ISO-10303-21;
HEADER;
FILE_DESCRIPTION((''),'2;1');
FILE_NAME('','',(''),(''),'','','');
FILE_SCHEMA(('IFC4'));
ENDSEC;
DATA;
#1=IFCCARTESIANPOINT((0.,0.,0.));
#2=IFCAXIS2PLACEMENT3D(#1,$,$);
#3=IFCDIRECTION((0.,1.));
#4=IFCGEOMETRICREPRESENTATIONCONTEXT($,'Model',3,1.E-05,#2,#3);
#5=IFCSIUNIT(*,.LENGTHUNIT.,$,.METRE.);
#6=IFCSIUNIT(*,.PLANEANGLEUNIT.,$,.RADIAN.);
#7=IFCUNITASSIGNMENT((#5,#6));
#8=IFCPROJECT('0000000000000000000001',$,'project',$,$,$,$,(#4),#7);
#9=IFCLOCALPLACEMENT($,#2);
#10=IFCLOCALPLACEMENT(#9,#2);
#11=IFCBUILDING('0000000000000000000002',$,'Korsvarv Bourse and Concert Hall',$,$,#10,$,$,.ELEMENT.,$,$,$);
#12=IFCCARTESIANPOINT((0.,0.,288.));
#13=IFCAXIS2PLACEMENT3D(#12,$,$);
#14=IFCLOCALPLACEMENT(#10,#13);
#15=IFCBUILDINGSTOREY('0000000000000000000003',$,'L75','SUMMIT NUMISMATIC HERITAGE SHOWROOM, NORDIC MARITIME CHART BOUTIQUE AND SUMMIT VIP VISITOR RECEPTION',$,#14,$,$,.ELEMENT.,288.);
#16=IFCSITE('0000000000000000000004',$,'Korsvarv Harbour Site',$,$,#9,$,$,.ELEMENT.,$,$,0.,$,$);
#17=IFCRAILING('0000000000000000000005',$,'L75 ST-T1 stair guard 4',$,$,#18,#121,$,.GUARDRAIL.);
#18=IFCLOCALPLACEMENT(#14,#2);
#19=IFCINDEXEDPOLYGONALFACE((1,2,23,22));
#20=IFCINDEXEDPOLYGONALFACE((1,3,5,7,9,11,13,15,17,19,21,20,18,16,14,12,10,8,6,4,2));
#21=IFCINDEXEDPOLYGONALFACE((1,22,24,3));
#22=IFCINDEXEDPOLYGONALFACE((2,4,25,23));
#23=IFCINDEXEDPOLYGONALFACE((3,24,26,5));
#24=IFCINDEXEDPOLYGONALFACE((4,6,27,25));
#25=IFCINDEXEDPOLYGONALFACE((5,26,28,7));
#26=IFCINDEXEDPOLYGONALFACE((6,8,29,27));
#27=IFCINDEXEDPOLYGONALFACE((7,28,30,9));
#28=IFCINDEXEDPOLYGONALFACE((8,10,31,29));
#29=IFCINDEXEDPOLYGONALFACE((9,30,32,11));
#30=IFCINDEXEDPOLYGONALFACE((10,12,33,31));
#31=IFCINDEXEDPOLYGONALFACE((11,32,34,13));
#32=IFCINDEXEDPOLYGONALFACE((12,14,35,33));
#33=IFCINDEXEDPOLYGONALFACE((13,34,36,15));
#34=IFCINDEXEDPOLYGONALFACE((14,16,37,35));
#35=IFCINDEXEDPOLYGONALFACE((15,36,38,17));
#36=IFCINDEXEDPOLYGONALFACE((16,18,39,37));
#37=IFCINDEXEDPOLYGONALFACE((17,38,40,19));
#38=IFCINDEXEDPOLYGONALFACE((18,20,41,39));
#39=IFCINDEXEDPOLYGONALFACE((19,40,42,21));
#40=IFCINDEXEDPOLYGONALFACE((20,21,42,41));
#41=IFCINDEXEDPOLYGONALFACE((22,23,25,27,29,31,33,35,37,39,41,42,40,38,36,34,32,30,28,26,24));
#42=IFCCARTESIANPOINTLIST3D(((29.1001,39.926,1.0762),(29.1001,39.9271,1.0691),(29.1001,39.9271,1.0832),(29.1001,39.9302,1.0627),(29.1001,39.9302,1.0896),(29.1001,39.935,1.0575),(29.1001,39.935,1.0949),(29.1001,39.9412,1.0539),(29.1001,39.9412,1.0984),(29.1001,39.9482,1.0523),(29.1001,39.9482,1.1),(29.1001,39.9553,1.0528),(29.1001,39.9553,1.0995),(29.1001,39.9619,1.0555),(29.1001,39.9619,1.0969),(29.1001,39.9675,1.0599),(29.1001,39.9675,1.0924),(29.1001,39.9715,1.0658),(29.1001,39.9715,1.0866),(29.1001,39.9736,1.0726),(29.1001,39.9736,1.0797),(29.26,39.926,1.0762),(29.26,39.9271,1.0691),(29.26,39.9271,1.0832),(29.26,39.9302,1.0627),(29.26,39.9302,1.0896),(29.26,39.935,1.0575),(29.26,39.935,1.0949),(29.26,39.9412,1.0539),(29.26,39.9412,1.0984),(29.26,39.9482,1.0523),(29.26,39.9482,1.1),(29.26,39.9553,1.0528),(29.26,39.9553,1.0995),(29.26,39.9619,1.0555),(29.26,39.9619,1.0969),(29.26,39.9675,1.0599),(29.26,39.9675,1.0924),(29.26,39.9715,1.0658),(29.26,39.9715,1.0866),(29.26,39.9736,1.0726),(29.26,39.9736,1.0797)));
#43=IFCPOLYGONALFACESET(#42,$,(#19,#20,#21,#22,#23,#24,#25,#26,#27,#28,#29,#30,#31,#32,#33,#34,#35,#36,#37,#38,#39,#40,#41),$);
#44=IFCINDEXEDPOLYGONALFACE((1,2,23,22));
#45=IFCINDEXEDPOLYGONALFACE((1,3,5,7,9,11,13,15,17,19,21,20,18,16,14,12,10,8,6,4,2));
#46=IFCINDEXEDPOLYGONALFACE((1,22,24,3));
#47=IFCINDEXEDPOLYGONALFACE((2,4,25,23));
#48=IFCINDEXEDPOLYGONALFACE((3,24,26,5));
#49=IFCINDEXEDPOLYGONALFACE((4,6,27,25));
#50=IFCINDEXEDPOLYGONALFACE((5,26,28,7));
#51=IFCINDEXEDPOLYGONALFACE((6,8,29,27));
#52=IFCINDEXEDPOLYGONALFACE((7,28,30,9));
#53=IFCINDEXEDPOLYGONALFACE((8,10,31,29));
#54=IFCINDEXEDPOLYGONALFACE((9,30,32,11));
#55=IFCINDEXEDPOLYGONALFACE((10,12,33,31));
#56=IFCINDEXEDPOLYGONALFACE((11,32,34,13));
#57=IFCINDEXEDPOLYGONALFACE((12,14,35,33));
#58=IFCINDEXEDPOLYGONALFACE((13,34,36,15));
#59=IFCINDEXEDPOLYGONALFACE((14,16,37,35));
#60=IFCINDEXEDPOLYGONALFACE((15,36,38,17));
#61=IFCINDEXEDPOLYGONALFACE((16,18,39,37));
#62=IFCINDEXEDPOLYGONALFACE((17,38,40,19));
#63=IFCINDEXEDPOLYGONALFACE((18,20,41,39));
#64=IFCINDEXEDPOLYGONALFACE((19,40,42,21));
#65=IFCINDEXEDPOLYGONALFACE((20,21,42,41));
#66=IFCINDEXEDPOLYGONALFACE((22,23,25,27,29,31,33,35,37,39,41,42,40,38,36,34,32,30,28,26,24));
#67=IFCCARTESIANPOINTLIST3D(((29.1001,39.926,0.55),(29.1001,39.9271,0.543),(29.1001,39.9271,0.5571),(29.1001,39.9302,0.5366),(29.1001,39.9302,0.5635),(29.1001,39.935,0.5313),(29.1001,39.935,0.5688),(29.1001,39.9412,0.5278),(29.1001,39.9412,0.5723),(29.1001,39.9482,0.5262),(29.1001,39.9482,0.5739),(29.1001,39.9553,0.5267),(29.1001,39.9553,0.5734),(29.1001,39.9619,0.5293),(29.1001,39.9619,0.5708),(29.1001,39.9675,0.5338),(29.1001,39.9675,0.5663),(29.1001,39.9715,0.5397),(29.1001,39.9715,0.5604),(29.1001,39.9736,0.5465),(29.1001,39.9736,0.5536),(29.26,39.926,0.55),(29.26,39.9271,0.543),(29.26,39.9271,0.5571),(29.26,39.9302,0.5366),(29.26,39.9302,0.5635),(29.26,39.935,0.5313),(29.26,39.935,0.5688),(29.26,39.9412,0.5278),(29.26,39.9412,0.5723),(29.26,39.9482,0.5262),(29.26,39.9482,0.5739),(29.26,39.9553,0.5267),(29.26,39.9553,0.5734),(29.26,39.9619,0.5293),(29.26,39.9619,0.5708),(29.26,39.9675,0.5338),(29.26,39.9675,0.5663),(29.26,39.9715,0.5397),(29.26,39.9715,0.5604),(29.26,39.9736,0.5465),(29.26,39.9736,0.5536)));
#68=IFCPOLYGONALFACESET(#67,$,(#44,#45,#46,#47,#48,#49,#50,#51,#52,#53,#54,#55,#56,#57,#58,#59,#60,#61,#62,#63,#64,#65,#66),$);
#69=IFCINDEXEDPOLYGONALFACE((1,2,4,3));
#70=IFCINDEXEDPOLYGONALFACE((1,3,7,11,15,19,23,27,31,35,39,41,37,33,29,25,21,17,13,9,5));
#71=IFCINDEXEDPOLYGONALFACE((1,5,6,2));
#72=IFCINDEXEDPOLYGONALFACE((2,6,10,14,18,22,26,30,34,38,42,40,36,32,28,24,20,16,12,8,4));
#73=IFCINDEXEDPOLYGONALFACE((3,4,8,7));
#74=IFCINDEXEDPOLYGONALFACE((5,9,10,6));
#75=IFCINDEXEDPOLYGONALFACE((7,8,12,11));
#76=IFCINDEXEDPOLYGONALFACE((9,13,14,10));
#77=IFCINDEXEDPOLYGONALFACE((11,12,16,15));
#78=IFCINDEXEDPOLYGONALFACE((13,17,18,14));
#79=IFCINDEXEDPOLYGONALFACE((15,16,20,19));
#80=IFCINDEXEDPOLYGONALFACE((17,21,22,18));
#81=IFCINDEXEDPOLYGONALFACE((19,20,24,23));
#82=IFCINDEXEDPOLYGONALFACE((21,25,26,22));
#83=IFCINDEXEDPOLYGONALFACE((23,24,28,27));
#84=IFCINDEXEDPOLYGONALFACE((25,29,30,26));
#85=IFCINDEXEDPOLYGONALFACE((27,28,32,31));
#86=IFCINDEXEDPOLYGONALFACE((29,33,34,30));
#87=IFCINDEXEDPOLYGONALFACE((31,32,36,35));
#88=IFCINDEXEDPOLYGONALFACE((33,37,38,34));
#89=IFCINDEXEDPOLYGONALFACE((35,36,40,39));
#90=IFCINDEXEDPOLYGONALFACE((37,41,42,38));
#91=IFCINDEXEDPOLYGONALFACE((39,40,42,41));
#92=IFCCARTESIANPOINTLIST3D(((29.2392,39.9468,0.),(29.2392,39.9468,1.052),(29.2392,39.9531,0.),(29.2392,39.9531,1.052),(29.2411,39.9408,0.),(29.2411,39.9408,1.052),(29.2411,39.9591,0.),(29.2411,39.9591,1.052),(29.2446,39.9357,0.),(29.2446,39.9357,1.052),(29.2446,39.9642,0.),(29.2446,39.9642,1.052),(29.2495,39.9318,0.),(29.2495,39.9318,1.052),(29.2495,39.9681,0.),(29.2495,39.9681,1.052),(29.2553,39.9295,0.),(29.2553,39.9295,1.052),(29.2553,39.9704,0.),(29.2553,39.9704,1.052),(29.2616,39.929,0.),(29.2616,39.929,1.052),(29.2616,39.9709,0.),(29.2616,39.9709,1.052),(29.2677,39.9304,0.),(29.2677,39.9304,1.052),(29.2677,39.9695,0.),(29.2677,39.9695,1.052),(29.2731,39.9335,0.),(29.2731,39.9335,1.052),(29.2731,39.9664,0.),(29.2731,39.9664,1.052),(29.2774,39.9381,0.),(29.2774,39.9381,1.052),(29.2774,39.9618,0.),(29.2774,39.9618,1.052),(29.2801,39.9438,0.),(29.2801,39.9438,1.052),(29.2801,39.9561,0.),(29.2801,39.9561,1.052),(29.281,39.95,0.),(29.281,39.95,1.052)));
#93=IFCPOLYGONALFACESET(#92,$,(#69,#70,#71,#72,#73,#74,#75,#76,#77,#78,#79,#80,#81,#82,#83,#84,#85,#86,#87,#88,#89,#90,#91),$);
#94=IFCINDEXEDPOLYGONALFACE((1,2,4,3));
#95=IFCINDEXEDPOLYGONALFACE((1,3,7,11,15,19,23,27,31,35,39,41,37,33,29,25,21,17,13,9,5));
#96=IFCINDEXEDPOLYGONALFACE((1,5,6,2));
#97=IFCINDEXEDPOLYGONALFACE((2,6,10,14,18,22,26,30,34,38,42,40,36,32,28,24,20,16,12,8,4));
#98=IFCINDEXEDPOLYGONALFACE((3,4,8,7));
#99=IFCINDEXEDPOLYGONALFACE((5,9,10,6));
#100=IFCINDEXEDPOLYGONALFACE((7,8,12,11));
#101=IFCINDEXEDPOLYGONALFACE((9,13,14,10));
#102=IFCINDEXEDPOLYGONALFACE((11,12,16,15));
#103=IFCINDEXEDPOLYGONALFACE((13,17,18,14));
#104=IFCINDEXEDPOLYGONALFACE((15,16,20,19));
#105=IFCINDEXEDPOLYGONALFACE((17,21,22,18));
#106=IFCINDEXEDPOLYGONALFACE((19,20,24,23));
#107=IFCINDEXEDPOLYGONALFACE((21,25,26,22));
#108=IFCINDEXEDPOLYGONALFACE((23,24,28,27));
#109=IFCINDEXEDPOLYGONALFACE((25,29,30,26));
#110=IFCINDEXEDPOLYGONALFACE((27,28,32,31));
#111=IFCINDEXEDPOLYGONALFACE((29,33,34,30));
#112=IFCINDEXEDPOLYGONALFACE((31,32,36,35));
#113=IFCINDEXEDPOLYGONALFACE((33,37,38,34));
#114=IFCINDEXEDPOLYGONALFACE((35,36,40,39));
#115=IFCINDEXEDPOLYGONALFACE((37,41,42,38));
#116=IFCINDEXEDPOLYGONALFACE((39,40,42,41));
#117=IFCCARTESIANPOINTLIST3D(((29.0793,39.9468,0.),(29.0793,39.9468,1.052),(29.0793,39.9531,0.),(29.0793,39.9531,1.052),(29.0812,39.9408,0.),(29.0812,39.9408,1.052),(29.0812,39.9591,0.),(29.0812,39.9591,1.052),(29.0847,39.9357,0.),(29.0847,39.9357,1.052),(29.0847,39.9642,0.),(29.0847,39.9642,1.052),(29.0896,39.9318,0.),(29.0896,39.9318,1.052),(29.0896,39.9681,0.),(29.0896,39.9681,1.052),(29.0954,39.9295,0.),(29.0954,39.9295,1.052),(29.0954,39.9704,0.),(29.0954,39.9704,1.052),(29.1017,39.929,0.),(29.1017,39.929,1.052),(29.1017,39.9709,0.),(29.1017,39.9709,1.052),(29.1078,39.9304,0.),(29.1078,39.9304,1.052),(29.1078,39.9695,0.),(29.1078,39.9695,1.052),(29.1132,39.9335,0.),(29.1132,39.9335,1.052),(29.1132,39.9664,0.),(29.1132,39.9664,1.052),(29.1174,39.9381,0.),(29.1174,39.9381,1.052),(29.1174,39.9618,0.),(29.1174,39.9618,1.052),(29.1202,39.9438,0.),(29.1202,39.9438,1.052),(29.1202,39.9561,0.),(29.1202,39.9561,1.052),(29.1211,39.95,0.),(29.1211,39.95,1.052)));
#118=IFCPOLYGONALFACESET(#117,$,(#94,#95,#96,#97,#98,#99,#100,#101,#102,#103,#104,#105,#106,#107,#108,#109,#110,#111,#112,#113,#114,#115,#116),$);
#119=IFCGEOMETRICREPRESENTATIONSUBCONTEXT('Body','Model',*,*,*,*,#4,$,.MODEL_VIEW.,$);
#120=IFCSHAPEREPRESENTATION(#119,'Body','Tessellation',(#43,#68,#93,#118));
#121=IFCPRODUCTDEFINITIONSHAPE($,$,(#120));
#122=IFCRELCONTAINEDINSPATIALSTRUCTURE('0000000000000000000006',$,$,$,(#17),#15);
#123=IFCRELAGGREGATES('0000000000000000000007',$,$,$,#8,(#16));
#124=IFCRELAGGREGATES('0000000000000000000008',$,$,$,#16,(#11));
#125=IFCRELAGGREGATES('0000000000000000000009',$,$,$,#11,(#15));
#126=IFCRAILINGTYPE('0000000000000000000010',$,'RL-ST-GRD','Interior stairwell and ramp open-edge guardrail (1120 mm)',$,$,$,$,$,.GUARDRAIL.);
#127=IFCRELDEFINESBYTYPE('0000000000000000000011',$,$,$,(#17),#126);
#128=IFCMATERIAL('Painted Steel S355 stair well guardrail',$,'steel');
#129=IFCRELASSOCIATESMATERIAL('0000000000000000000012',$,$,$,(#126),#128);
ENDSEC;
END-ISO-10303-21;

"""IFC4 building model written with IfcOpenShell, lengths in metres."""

from ifc_helpers import new_model, si_unit, direction, frame, origin, origin_2d, place, context, subcontext, project, spatial, circle, extrude, material, type_object, element, save


model = new_model("IFC4")

# Units and contexts
model_context = context("Model", 3, precision=1e-05, world=origin(), true_north=direction((0.0, 1.0)))
body_context = subcontext(model_context, "Body", "Model", "MODEL_VIEW")
ifc_project = project(units=[si_unit("LENGTHUNIT", "METRE"), si_unit("PLANEANGLEUNIT", "RADIAN")], contexts=[model_context])

# Site, building, storey
site_placement = place(None, origin())
site = spatial("IfcSite", under=ifc_project, at=site_placement, Name="Korsvarv Harbour Site", CompositionType="ELEMENT", RefElevation=0.0)
building_placement = place(site_placement, origin())
building = spatial("IfcBuilding", under=site, at=building_placement, Name="Korsvarv Bourse and Concert Hall", CompositionType="ELEMENT")
storey_placement = place(building_placement, frame((0.0, 0.0, 288.0)))
storey = spatial("IfcBuildingStorey", under=building, at=storey_placement, Name="L75", Description="SUMMIT NUMISMATIC HERITAGE SHOWROOM, NORDIC MARITIME CHART BOUTIQUE AND SUMMIT VIP VISITOR RECEPTION", CompositionType="ELEMENT", Elevation=288.0)

# Railing
ifc_material_1 = material(Name="Painted Steel S355 stair well guardrail", Category="steel")
railing_type_1 = type_object("IfcRailingType", Name="RL-ST-GRD", Description="Interior stairwell and ramp open-edge guardrail (1120 mm)", PredefinedType="GUARDRAIL", material=ifc_material_1)
railing_1_placement = place(storey_placement, frame((29.26, 39.95, 0.0)))
element("IfcRailing", 1, at=railing_1_placement, inside=storey, type_object=railing_type_1, Name="L75 ST-T1 stair guard 4", PredefinedType="GUARDRAIL", context=body_context, shape_type="SweptSolid", body=[
    extrude(circle(Radius=0.0239, at=origin_2d()), frame((0.0, 0.0, 1.0762), z_axis=(-1.0, 0.0, 0.0), x_axis=(0.0, -1.0, 0.0)), (0.0, 0.0, 1.0), 0.1599),
    extrude(circle(Radius=0.0239, at=origin_2d()), frame((0.0, 0.0, 0.55), z_axis=(-1.0, 0.0, 0.0), x_axis=(0.0, -1.0, 0.0)), (0.0, 0.0, 1.0), 0.1599),
    extrude(circle(Radius=0.021, at=origin_2d()), origin(), (0.0, 0.0, 1.0), 1.052),
    extrude(circle(Radius=0.021, at=origin_2d()), frame((-0.1599, 0.0, 0.0)), (0.0, 0.0, 1.0), 1.052),
])

save(model, "model.ifc")
